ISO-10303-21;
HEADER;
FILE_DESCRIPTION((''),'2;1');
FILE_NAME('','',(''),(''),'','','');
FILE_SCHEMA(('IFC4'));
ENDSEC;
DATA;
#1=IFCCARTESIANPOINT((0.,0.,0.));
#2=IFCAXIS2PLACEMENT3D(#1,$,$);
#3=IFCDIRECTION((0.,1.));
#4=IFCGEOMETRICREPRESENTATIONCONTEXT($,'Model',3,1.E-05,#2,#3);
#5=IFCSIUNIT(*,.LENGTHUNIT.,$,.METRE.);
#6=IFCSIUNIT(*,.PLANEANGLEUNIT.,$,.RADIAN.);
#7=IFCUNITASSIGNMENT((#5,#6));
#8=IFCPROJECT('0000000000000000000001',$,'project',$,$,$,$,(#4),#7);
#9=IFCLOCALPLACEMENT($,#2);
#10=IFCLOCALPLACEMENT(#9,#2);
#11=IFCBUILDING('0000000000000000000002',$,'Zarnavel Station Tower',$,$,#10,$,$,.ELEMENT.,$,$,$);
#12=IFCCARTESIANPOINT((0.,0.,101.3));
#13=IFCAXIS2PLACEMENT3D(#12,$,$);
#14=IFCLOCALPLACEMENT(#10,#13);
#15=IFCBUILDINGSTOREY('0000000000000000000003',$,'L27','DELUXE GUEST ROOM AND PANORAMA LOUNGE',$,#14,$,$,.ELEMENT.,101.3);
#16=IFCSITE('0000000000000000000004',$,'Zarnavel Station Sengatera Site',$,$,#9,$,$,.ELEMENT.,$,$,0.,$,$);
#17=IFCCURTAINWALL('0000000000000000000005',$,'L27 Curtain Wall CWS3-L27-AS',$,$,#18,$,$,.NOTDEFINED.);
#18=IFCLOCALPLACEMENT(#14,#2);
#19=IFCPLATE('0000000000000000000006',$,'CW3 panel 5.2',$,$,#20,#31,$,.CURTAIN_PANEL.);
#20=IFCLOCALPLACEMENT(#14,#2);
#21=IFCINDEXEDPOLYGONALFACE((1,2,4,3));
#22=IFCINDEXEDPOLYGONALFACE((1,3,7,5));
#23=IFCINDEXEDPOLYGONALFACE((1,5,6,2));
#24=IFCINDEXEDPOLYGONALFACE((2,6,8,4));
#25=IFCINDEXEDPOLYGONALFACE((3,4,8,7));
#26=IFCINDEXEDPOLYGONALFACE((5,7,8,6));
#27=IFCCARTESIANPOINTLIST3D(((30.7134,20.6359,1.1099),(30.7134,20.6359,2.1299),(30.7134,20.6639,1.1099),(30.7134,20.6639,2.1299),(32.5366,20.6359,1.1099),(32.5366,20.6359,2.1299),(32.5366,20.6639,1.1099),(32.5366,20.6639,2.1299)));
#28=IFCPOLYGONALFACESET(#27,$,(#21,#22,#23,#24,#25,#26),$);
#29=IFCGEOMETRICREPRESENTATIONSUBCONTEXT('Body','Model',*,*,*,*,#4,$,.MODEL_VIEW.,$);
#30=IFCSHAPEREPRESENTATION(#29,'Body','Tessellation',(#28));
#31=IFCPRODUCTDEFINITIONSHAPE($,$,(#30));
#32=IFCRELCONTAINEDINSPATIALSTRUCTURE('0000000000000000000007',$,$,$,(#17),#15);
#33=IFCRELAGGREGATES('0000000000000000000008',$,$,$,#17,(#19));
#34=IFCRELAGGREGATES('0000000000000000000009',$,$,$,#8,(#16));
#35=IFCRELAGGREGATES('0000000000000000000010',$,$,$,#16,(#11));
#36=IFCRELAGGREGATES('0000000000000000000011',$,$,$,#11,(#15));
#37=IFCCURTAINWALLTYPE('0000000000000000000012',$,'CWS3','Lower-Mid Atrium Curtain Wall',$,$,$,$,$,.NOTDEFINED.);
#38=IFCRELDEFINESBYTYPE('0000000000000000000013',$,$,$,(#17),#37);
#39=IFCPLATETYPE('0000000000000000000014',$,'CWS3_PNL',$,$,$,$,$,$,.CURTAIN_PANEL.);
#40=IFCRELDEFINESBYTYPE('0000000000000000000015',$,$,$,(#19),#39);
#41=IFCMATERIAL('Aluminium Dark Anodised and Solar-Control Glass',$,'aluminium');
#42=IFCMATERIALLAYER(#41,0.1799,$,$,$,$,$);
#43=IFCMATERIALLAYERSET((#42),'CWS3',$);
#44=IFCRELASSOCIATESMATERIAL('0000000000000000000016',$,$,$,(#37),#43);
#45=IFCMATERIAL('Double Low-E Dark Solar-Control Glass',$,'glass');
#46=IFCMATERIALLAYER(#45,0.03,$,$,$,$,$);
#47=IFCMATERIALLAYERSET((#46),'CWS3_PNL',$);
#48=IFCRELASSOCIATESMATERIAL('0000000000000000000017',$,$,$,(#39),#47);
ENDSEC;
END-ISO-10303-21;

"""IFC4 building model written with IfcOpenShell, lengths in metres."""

from ifc_helpers import new_model, si_unit, direction, frame, origin, origin_2d, place, context, subcontext, project, spatial, rectangle, extrude, material, layer, layer_set, type_object, element, aggregate, save


model = new_model("IFC4")

# Units and contexts
model_context = context("Model", 3, precision=1e-05, world=origin(), true_north=direction((0.0, 1.0)))
body_context = subcontext(model_context, "Body", "Model", "MODEL_VIEW")
ifc_project = project(units=[si_unit("LENGTHUNIT", "METRE"), si_unit("PLANEANGLEUNIT", "RADIAN")], contexts=[model_context])

# Site, building, storey
site_placement = place(None, origin())
site = spatial("IfcSite", under=ifc_project, at=site_placement, Name="Zarnavel Station Sengatera Site", CompositionType="ELEMENT", RefElevation=0.0)
building_placement = place(site_placement, origin())
building = spatial("IfcBuilding", under=site, at=building_placement, Name="Zarnavel Station Tower", CompositionType="ELEMENT")
storey_placement = place(building_placement, frame((0.0, 0.0, 101.3)))
storey = spatial("IfcBuildingStorey", under=building, at=storey_placement, Name="L27", Description="DELUXE GUEST ROOM AND PANORAMA LOUNGE", CompositionType="ELEMENT", Elevation=101.3)

# Curtain wall
ifc_material_1 = material(Name="Aluminium Dark Anodised and Solar-Control Glass", Category="aluminium")
ifc_layer_1 = layer(ifc_material_1, 0.1799)
ifc_layer_set_1 = layer_set([ifc_layer_1], Name="CWS3")
curtain_wall_type = type_object("IfcCurtainWallType", Name="CWS3", Description="Lower-Mid Atrium Curtain Wall", PredefinedType="NOTDEFINED", material=ifc_layer_set_1)
curtain_wall_placement = place(storey_placement, origin())
curtain_wall = element("IfcCurtainWall", 1, at=curtain_wall_placement, inside=storey, type_object=curtain_wall_type, Name="L27 Curtain Wall CWS3-L27-AS", PredefinedType="NOTDEFINED")

# Plate
ifc_material_2 = material(Name="Double Low-E Dark Solar-Control Glass", Category="glass")
ifc_layer_2 = layer(ifc_material_2, 0.03)
ifc_layer_set_2 = layer_set([ifc_layer_2], Name="CWS3_PNL")
plate_type = type_object("IfcPlateType", Name="CWS3_PNL", PredefinedType="CURTAIN_PANEL", material=ifc_layer_set_2)
plate_1_placement = place(storey_placement, frame((31.625, 20.6499, 1.1099), z_axis=(0.0, 0.0, 1.0), x_axis=(1.0, 0.0, 0.0)))
plate_1 = element("IfcPlate", 2, at=plate_1_placement, type_object=plate_type, Name="CW3 panel 5.2", PredefinedType="CURTAIN_PANEL", context=body_context, shape_type="SweptSolid", body=[
    extrude(rectangle(XDim=1.8232, YDim=0.0281, at=origin_2d()), origin(), (0.0, 0.0, 1.0), 1.02),
])
aggregate(curtain_wall, [plate_1])

save(model, "model.ifc")
